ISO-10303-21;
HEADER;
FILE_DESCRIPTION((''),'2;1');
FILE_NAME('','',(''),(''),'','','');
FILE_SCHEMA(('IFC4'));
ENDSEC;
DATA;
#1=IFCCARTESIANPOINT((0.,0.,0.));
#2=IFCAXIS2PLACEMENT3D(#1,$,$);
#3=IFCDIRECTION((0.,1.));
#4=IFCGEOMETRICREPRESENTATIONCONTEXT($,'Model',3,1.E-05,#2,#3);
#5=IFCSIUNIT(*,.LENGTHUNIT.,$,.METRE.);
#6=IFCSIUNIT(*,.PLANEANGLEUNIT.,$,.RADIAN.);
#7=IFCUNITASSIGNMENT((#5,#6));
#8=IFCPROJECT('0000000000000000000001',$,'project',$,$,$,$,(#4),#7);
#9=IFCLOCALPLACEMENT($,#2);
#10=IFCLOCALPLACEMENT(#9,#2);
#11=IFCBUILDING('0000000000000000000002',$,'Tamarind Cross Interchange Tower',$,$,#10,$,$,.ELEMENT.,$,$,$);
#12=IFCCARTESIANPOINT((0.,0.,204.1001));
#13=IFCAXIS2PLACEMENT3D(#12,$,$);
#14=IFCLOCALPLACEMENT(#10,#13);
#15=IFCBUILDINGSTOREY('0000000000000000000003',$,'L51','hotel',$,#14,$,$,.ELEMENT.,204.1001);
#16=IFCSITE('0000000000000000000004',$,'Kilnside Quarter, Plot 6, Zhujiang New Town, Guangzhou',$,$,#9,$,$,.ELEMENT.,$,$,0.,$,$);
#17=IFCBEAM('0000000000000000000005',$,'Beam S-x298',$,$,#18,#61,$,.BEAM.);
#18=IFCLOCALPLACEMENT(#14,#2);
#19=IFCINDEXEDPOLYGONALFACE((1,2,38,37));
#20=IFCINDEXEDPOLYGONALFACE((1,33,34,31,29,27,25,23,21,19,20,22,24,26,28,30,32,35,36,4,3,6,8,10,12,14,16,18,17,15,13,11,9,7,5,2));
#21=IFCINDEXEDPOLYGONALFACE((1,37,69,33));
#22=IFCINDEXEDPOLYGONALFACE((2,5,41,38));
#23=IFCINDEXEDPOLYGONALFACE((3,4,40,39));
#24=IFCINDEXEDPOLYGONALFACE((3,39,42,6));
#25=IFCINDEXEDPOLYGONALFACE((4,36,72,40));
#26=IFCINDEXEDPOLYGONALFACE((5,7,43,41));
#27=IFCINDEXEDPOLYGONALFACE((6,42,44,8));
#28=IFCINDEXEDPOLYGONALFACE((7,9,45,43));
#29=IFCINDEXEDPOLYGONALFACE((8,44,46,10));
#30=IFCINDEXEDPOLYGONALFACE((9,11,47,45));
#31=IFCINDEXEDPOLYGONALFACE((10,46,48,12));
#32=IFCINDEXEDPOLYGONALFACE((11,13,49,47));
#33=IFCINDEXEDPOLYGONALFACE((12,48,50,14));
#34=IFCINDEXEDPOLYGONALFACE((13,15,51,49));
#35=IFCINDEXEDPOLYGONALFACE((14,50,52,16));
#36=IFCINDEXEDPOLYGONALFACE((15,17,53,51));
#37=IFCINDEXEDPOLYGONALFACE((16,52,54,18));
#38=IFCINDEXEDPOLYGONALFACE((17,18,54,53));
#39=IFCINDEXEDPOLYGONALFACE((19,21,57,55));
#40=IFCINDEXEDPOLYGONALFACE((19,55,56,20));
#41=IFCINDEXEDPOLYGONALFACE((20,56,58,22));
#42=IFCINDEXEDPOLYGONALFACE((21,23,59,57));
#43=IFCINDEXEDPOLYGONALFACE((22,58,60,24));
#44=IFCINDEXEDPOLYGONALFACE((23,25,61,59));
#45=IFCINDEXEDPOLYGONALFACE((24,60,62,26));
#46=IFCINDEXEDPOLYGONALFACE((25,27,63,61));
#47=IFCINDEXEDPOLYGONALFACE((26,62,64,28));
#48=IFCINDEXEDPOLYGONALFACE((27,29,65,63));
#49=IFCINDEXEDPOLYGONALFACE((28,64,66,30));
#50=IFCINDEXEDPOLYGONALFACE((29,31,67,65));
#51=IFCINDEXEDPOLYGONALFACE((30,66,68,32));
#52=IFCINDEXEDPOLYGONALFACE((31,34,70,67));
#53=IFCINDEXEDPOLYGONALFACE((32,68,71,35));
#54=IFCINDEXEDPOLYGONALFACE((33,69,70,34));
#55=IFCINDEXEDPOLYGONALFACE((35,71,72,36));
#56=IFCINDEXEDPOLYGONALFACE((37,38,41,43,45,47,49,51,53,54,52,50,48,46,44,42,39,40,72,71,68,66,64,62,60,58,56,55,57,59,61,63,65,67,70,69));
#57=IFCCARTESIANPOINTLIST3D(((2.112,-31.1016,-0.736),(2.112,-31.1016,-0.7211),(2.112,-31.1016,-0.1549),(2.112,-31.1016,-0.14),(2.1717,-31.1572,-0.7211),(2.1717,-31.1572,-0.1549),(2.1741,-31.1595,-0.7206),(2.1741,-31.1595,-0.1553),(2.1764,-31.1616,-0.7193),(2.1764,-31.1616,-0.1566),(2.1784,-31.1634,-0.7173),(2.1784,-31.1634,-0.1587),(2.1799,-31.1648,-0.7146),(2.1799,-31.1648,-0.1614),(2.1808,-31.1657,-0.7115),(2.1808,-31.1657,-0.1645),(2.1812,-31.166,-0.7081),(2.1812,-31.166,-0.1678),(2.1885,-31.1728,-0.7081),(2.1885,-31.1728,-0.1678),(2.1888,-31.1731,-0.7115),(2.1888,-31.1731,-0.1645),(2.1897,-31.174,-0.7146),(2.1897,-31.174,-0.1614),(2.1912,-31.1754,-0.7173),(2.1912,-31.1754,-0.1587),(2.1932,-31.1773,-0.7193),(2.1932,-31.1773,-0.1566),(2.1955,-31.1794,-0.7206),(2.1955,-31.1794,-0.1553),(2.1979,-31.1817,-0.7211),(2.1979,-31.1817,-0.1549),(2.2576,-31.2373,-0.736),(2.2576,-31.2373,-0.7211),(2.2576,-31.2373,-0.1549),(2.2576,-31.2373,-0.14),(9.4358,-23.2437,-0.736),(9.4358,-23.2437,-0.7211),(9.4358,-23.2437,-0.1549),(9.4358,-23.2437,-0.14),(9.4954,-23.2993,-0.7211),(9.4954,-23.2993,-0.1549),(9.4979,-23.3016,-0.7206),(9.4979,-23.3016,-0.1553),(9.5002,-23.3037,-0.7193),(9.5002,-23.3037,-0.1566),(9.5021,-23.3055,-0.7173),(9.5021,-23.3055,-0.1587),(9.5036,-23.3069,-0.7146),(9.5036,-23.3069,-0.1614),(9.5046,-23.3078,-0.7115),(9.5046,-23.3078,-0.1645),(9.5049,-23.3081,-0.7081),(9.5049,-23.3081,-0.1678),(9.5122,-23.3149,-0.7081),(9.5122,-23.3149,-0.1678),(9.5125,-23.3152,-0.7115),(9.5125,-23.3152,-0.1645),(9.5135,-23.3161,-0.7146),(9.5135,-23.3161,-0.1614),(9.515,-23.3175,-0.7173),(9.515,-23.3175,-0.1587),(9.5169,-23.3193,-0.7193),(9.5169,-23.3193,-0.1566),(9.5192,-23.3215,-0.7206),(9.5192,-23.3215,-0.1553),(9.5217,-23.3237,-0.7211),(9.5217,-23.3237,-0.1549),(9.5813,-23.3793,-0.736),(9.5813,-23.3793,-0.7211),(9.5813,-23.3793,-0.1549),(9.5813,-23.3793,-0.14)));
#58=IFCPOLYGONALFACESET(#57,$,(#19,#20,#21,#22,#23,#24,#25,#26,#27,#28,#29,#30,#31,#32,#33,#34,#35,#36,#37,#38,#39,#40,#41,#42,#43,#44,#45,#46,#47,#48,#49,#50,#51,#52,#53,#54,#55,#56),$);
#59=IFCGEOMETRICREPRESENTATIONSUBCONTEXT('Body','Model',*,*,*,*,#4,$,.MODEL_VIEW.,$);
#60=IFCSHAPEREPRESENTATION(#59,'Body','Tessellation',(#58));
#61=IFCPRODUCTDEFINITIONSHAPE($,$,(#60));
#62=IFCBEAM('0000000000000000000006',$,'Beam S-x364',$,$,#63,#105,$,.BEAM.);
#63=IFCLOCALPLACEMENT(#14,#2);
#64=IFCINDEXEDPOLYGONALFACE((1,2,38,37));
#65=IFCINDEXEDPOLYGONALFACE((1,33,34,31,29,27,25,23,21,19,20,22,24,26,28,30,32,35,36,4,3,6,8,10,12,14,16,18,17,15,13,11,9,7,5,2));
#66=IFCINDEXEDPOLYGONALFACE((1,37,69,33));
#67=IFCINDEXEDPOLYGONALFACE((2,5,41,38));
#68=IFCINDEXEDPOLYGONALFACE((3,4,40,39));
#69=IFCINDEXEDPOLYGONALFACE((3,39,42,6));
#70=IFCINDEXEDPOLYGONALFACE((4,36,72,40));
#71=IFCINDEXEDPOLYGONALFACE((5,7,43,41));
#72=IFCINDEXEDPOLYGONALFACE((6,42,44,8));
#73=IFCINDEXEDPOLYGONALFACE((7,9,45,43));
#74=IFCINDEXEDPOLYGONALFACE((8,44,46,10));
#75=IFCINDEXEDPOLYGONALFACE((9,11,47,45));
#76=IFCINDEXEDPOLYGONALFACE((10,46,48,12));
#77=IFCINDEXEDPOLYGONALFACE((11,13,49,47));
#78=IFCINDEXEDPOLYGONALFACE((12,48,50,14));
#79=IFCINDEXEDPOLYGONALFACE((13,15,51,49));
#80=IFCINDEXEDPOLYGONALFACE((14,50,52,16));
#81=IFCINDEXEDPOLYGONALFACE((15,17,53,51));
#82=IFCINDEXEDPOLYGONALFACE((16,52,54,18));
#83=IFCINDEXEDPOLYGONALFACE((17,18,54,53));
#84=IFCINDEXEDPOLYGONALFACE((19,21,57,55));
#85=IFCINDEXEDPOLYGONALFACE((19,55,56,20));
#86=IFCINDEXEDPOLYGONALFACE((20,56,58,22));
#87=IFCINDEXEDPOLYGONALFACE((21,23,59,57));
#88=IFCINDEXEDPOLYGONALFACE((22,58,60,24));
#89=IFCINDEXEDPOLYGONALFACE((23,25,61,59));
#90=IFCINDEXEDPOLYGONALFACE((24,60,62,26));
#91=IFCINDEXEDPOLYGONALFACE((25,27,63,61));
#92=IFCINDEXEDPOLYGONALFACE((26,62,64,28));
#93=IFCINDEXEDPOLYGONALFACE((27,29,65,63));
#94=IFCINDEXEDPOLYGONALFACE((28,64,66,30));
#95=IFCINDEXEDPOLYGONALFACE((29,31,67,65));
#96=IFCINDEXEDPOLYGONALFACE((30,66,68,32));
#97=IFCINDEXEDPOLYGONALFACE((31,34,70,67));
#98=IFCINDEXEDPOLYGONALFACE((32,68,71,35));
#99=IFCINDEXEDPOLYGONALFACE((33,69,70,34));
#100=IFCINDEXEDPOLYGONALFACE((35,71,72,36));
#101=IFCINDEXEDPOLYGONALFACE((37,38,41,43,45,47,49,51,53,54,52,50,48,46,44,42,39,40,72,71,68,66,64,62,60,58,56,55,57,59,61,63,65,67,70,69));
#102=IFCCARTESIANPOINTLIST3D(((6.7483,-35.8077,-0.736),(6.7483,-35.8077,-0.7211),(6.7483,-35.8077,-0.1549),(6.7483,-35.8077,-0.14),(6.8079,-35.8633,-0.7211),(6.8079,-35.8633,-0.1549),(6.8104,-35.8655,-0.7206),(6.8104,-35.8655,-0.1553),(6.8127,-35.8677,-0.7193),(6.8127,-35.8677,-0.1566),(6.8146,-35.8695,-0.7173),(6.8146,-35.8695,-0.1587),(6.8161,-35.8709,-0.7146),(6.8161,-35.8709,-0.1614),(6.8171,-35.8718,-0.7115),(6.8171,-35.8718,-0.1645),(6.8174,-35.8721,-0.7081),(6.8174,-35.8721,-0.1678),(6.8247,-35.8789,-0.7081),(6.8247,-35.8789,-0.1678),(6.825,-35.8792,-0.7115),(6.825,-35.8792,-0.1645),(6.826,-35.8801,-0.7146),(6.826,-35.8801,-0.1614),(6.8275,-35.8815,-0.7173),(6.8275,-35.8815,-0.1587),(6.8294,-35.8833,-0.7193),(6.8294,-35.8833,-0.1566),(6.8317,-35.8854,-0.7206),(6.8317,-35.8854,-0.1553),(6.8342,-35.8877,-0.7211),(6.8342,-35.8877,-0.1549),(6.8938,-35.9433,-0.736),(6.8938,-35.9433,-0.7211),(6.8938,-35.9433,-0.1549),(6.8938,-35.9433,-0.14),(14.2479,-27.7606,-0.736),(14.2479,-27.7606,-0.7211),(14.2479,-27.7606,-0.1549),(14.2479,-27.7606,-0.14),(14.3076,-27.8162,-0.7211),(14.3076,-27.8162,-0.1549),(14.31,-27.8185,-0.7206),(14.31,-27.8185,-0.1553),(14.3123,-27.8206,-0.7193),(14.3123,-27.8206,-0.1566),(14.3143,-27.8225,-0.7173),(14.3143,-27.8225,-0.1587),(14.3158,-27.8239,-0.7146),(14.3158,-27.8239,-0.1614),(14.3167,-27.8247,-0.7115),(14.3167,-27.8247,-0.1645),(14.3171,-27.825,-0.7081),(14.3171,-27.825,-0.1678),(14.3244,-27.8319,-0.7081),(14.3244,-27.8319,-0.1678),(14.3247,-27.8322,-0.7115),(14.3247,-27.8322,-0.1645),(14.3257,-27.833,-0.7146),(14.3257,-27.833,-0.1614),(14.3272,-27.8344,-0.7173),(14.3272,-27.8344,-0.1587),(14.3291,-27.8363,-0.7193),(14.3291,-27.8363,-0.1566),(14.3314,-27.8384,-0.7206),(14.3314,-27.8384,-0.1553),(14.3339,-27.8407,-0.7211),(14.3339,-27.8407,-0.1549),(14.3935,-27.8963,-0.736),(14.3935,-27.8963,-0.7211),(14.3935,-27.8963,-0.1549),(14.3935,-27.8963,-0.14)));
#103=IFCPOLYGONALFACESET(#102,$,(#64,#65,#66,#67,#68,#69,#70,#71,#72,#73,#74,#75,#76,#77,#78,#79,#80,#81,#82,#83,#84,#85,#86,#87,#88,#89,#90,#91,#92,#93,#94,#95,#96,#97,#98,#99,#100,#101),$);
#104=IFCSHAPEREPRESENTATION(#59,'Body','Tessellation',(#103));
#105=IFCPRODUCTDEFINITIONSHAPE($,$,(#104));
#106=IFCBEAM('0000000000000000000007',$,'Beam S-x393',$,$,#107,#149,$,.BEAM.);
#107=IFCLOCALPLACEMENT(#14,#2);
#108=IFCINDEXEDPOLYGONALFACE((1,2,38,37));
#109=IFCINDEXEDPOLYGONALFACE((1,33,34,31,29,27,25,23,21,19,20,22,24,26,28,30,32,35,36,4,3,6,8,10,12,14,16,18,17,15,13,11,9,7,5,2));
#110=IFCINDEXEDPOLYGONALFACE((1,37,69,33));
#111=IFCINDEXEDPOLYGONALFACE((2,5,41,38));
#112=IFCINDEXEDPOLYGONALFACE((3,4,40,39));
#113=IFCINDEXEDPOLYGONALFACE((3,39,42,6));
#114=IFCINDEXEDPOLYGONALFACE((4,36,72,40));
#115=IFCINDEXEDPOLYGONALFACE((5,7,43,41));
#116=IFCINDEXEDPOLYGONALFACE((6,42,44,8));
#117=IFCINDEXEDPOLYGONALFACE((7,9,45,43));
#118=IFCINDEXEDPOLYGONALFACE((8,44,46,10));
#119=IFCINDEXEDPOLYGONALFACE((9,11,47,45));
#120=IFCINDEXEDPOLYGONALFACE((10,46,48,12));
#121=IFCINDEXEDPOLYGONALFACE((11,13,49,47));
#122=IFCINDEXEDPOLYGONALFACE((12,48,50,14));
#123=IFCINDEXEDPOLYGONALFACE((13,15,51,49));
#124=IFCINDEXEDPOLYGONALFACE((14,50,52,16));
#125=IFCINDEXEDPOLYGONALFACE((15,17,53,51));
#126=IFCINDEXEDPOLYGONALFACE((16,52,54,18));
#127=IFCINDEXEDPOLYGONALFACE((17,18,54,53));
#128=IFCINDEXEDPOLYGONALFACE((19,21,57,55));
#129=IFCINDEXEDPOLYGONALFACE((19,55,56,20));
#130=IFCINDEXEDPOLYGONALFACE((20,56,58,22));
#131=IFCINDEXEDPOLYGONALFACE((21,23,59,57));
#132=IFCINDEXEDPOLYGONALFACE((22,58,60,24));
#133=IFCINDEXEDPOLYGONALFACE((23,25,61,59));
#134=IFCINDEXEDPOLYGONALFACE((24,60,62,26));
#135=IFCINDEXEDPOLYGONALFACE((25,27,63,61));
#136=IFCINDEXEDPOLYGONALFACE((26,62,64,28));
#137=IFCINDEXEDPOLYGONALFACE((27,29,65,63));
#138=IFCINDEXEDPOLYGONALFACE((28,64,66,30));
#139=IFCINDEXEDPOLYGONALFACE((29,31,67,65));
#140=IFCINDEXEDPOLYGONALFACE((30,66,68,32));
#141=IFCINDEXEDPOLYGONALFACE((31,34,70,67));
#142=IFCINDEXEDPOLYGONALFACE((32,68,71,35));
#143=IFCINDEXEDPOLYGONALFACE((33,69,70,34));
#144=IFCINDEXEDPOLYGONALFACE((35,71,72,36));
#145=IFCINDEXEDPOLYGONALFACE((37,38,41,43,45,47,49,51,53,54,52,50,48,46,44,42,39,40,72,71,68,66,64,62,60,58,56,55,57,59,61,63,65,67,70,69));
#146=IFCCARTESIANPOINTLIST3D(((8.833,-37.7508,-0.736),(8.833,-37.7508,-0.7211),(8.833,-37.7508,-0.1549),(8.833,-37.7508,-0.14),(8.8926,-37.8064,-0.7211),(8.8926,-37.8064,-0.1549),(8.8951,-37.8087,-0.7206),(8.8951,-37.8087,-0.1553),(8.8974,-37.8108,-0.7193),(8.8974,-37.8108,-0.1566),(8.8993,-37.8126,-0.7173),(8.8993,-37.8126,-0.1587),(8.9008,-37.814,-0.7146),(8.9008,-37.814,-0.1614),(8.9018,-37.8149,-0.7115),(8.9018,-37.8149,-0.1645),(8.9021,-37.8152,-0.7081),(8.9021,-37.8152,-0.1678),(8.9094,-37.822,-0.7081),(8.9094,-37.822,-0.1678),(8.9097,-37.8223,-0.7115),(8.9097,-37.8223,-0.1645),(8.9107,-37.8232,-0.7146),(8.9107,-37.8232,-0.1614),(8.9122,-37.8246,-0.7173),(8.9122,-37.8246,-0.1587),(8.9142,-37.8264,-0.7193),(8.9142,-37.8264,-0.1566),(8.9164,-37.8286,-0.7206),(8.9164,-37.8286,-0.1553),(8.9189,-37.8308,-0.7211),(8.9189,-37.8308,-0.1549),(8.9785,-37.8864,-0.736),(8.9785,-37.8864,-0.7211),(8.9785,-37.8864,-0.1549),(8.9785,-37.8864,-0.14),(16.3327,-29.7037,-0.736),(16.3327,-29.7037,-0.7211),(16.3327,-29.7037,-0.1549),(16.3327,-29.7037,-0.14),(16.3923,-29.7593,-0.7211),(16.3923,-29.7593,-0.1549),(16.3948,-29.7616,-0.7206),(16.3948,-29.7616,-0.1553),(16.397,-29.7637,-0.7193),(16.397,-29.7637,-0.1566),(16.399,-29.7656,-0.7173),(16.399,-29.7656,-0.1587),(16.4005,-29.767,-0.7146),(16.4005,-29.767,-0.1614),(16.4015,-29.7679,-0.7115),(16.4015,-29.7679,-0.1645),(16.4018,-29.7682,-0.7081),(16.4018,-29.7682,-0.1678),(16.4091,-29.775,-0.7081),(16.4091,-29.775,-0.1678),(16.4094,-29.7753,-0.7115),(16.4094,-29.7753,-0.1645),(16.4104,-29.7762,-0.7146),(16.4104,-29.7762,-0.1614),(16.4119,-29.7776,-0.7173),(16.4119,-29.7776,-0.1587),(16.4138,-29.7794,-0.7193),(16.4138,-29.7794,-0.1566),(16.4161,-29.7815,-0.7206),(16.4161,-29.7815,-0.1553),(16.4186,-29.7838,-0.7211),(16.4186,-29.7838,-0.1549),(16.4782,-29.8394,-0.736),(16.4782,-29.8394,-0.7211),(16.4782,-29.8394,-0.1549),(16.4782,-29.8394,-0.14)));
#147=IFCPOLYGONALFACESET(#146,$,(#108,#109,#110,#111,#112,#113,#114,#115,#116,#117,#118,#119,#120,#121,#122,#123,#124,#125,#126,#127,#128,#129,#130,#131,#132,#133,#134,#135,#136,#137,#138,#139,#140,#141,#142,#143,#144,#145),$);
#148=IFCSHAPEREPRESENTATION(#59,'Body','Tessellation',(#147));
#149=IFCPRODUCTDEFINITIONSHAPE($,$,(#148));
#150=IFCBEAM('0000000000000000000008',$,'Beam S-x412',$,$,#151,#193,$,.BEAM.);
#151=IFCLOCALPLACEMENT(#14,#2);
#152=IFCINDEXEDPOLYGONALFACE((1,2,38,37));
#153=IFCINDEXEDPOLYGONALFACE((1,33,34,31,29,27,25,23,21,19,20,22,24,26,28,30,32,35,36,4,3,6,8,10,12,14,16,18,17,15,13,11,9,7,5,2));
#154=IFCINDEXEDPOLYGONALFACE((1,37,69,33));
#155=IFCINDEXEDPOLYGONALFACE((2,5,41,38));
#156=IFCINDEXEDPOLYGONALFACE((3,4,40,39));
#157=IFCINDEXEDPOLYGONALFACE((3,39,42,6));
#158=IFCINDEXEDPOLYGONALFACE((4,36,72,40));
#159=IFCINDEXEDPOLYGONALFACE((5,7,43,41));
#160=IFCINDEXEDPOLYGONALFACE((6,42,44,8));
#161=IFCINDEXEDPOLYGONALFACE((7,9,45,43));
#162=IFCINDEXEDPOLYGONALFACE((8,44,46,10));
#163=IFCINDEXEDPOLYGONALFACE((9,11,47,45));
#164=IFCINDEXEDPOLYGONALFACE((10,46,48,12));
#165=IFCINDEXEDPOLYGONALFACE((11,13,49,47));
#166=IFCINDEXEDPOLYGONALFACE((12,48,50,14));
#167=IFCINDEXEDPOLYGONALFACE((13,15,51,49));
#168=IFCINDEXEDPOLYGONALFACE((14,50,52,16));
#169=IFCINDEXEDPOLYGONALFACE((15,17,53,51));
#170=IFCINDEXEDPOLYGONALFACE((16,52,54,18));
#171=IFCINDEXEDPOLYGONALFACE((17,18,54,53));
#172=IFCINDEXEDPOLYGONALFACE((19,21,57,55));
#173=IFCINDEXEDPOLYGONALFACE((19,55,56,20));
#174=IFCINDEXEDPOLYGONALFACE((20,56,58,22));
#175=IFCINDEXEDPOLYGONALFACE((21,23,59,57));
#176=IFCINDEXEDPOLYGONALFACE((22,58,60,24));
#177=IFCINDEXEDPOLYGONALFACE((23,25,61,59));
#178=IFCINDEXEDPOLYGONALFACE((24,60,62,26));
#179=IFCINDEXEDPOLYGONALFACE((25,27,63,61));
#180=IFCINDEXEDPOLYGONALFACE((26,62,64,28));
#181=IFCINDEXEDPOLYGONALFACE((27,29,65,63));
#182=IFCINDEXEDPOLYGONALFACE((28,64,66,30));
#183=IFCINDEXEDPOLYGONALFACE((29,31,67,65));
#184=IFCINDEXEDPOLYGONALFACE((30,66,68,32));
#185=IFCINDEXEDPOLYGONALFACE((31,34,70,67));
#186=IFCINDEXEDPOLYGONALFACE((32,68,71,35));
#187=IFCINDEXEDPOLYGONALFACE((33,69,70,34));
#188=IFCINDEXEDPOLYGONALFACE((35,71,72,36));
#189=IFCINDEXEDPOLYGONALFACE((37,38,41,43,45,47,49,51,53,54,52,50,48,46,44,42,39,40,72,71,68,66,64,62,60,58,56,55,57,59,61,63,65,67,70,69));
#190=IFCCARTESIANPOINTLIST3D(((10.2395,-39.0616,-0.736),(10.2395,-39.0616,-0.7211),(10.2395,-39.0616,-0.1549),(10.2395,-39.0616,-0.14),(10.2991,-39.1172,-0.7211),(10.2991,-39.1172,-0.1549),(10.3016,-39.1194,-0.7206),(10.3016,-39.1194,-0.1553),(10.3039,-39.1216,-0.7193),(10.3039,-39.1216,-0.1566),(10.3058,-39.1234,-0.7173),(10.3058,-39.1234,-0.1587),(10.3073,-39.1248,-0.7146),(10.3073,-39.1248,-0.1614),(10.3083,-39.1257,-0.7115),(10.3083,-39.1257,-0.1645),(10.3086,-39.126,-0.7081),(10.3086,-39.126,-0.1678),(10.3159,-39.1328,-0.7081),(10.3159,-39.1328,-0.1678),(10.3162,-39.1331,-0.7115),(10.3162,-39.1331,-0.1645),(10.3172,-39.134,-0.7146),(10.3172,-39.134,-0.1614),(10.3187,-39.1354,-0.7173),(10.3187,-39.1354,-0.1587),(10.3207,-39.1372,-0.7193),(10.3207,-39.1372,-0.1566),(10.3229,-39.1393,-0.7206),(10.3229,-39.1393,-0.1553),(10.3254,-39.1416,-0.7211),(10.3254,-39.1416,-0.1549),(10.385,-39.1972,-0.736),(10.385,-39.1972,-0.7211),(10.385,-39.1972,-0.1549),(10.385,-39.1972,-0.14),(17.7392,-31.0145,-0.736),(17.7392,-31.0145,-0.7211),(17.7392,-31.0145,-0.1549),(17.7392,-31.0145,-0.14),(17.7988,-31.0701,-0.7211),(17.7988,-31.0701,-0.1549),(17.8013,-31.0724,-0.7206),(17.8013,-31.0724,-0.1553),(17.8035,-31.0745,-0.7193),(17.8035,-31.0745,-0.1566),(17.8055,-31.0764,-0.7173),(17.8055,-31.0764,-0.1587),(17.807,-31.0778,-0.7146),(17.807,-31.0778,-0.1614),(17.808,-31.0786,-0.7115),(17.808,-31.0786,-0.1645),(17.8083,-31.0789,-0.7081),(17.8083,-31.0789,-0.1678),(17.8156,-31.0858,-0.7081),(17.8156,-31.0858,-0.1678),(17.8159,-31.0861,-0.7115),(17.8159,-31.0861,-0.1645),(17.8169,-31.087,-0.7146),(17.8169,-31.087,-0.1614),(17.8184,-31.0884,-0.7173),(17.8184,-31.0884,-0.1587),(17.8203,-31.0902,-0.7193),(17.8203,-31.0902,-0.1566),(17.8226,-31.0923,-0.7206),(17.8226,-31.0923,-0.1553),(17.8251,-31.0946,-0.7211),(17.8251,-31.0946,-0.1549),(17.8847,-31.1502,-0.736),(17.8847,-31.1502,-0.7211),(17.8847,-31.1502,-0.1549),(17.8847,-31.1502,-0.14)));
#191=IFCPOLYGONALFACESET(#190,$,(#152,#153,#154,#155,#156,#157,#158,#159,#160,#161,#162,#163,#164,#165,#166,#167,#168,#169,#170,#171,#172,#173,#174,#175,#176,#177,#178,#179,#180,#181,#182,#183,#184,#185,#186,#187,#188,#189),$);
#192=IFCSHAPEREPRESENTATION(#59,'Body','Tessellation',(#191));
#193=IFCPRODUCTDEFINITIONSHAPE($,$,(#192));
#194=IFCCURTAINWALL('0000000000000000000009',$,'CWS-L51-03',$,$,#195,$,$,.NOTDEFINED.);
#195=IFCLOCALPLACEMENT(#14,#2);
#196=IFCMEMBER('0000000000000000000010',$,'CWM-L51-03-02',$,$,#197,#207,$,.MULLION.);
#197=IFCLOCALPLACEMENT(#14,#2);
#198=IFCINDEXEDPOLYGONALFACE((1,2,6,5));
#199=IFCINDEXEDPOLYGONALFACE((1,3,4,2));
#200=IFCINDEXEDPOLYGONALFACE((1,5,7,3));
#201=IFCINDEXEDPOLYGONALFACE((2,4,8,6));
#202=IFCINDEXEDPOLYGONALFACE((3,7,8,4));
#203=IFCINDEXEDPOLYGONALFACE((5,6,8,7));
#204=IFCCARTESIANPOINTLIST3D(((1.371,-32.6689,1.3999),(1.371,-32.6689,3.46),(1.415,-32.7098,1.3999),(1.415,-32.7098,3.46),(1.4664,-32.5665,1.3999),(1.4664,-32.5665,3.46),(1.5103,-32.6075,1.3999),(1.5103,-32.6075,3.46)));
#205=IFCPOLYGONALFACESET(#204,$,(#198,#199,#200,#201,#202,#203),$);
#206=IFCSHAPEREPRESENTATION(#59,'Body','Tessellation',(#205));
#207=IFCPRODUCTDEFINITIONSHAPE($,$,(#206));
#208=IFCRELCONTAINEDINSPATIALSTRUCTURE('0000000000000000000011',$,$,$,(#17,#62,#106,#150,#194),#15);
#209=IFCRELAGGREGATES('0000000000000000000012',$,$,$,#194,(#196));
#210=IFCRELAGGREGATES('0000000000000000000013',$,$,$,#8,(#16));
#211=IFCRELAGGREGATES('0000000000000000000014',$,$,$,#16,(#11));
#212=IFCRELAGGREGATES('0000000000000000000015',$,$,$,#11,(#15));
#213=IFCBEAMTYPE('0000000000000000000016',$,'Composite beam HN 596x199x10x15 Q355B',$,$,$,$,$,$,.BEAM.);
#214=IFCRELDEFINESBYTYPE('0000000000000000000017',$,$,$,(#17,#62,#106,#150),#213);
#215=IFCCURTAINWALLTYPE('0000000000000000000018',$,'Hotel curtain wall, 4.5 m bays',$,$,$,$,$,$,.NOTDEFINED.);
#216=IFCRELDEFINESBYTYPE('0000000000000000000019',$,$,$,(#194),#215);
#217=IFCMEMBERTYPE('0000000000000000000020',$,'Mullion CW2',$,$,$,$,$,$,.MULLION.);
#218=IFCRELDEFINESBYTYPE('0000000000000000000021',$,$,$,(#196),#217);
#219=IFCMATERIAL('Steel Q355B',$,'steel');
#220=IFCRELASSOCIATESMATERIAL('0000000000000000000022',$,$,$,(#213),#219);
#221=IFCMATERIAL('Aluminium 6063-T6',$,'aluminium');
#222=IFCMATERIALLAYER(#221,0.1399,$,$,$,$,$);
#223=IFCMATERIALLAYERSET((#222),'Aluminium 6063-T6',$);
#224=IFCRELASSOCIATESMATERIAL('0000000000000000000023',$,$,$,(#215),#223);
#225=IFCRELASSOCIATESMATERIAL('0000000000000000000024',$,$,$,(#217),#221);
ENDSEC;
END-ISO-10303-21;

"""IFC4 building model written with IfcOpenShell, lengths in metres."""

from ifc_helpers import new_model, si_unit, direction, frame, origin, origin_2d, place, context, subcontext, project, spatial, rectangle, i_section, extrude, material, layer, layer_set, material_profile, profile_set, type_object, element, aggregate, save


model = new_model("IFC4")

# Units and contexts
model_context = context("Model", 3, precision=1e-05, world=origin(), true_north=direction((0.0, 1.0)))
body_context = subcontext(model_context, "Body", "Model", "MODEL_VIEW")
ifc_project = project(units=[si_unit("LENGTHUNIT", "METRE"), si_unit("PLANEANGLEUNIT", "RADIAN")], contexts=[model_context])

# Site, building, storey
site_placement = place(None, origin())
site = spatial("IfcSite", under=ifc_project, at=site_placement, Name="Kilnside Quarter, Plot 6, Zhujiang New Town, Guangzhou", CompositionType="ELEMENT", RefElevation=0.0)
building_placement = place(site_placement, origin())
building = spatial("IfcBuilding", under=site, at=building_placement, Name="Tamarind Cross Interchange Tower", CompositionType="ELEMENT")
storey_placement = place(building_placement, frame((0.0, 0.0, 204.1001)))
storey = spatial("IfcBuildingStorey", under=building, at=storey_placement, Name="L51", Description="hotel", CompositionType="ELEMENT", Elevation=204.1001)

# Beams
ifc_material_1 = material(Name="Steel Q355B", Category="steel")
ifc_material_profile_1 = material_profile(ifc_material_1, i_section(OverallWidth=0.199, OverallDepth=0.5959, WebThickness=0.01, FlangeThickness=0.0149, FilletRadius=0.0129, at=origin_2d()), Name="HN 596x199x10x15")
ifc_profile_set_1 = profile_set([ifc_material_profile_1], Name="Steel Q355B")
beam_type_1 = type_object("IfcBeamType", Name="Composite beam HN 596x199x10x15 Q355B", PredefinedType="BEAM", material=ifc_profile_set_1)
beam_1_placement = place(storey_placement, frame((2.1848, -31.1694, -0.438), z_axis=(0.681805, 0.731534, 0.0), x_axis=(-0.731534, 0.681805, 0.0)))
element("IfcBeam", 1, at=beam_1_placement, inside=storey, type_object=beam_type_1, Name="Beam S-x298", PredefinedType="BEAM", context=body_context, shape_type="SweptSolid", body=[
    extrude(i_section(OverallWidth=0.199, OverallDepth=0.5959, WebThickness=0.01, FlangeThickness=0.0149, FilletRadius=0.0129, at=origin_2d()), origin(), (0.0, 0.0, 1.0), 10.7417),
])
for number, where, z_axis, x_axis, name in (
    (2, (6.821, -35.8755, -0.438), (0.681789, 0.731549, 0.0), (-0.731549, 0.681789, 0.0), "Beam S-x364"),
    (3, (8.9058, -37.8186, -0.438), (0.681789, 0.731549, 0.0), (-0.731549, 0.681789, 0.0), "Beam S-x393"),
    (4, (10.3123, -39.1294, -0.438), (0.681789, 0.731549, 0.0), (-0.731549, 0.681789, 0.0), "Beam S-x412"),
):
    element("IfcBeam", number, at=place(storey_placement, frame(where, z_axis=z_axis, x_axis=x_axis)), inside=storey, type_object=beam_type_1, Name=name, PredefinedType="BEAM", context=body_context, shape_type="SweptSolid", body=[
        extrude(i_section(OverallWidth=0.199, OverallDepth=0.5959, WebThickness=0.01, FlangeThickness=0.0149, FilletRadius=0.0129, at=origin_2d()), origin(), (0.0, 0.0, 1.0), 11.0),
    ])

# Curtain wall, member
ifc_material_2 = material(Name="Aluminium 6063-T6", Category="aluminium")
ifc_layer_1 = layer(ifc_material_2, 0.1399)
ifc_layer_set_1 = layer_set([ifc_layer_1], Name="Aluminium 6063-T6")
curtain_wall_type = type_object("IfcCurtainWallType", Name="Hotel curtain wall, 4.5 m bays", PredefinedType="NOTDEFINED", material=ifc_layer_set_1)
curtain_wall_1_placement = place(storey_placement, origin())
curtain_wall_1 = element("IfcCurtainWall", 5, at=curtain_wall_1_placement, inside=storey, type_object=curtain_wall_type, Name="CWS-L51-03", PredefinedType="NOTDEFINED")
ifc_material_profile_2 = material_profile(ifc_material_2, rectangle(XDim=0.0601, YDim=0.1399, at=origin_2d()), Name="Mullion CW2")
ifc_profile_set_2 = profile_set([ifc_material_profile_2], Name="Aluminium 6063-T6")
member_type = type_object("IfcMemberType", Name="Mullion CW2", PredefinedType="MULLION", material=ifc_profile_set_2)
member_1_placement = place(storey_placement, frame((1.4407, -32.6382, 1.3999), z_axis=(0.0, 0.0, 1.0), x_axis=(0.731544, -0.681794, 0.0)))
member_1 = element("IfcMember", 6, at=member_1_placement, type_object=member_type, Name="CWM-L51-03-02", PredefinedType="MULLION", context=body_context, shape_type="SweptSolid", body=[
    extrude(rectangle(XDim=0.0601, YDim=0.1399, at=origin_2d()), origin(), (0.0, 0.0, 1.0), 2.0601),
])
aggregate(curtain_wall_1, [member_1])

save(model, "model.ifc")
